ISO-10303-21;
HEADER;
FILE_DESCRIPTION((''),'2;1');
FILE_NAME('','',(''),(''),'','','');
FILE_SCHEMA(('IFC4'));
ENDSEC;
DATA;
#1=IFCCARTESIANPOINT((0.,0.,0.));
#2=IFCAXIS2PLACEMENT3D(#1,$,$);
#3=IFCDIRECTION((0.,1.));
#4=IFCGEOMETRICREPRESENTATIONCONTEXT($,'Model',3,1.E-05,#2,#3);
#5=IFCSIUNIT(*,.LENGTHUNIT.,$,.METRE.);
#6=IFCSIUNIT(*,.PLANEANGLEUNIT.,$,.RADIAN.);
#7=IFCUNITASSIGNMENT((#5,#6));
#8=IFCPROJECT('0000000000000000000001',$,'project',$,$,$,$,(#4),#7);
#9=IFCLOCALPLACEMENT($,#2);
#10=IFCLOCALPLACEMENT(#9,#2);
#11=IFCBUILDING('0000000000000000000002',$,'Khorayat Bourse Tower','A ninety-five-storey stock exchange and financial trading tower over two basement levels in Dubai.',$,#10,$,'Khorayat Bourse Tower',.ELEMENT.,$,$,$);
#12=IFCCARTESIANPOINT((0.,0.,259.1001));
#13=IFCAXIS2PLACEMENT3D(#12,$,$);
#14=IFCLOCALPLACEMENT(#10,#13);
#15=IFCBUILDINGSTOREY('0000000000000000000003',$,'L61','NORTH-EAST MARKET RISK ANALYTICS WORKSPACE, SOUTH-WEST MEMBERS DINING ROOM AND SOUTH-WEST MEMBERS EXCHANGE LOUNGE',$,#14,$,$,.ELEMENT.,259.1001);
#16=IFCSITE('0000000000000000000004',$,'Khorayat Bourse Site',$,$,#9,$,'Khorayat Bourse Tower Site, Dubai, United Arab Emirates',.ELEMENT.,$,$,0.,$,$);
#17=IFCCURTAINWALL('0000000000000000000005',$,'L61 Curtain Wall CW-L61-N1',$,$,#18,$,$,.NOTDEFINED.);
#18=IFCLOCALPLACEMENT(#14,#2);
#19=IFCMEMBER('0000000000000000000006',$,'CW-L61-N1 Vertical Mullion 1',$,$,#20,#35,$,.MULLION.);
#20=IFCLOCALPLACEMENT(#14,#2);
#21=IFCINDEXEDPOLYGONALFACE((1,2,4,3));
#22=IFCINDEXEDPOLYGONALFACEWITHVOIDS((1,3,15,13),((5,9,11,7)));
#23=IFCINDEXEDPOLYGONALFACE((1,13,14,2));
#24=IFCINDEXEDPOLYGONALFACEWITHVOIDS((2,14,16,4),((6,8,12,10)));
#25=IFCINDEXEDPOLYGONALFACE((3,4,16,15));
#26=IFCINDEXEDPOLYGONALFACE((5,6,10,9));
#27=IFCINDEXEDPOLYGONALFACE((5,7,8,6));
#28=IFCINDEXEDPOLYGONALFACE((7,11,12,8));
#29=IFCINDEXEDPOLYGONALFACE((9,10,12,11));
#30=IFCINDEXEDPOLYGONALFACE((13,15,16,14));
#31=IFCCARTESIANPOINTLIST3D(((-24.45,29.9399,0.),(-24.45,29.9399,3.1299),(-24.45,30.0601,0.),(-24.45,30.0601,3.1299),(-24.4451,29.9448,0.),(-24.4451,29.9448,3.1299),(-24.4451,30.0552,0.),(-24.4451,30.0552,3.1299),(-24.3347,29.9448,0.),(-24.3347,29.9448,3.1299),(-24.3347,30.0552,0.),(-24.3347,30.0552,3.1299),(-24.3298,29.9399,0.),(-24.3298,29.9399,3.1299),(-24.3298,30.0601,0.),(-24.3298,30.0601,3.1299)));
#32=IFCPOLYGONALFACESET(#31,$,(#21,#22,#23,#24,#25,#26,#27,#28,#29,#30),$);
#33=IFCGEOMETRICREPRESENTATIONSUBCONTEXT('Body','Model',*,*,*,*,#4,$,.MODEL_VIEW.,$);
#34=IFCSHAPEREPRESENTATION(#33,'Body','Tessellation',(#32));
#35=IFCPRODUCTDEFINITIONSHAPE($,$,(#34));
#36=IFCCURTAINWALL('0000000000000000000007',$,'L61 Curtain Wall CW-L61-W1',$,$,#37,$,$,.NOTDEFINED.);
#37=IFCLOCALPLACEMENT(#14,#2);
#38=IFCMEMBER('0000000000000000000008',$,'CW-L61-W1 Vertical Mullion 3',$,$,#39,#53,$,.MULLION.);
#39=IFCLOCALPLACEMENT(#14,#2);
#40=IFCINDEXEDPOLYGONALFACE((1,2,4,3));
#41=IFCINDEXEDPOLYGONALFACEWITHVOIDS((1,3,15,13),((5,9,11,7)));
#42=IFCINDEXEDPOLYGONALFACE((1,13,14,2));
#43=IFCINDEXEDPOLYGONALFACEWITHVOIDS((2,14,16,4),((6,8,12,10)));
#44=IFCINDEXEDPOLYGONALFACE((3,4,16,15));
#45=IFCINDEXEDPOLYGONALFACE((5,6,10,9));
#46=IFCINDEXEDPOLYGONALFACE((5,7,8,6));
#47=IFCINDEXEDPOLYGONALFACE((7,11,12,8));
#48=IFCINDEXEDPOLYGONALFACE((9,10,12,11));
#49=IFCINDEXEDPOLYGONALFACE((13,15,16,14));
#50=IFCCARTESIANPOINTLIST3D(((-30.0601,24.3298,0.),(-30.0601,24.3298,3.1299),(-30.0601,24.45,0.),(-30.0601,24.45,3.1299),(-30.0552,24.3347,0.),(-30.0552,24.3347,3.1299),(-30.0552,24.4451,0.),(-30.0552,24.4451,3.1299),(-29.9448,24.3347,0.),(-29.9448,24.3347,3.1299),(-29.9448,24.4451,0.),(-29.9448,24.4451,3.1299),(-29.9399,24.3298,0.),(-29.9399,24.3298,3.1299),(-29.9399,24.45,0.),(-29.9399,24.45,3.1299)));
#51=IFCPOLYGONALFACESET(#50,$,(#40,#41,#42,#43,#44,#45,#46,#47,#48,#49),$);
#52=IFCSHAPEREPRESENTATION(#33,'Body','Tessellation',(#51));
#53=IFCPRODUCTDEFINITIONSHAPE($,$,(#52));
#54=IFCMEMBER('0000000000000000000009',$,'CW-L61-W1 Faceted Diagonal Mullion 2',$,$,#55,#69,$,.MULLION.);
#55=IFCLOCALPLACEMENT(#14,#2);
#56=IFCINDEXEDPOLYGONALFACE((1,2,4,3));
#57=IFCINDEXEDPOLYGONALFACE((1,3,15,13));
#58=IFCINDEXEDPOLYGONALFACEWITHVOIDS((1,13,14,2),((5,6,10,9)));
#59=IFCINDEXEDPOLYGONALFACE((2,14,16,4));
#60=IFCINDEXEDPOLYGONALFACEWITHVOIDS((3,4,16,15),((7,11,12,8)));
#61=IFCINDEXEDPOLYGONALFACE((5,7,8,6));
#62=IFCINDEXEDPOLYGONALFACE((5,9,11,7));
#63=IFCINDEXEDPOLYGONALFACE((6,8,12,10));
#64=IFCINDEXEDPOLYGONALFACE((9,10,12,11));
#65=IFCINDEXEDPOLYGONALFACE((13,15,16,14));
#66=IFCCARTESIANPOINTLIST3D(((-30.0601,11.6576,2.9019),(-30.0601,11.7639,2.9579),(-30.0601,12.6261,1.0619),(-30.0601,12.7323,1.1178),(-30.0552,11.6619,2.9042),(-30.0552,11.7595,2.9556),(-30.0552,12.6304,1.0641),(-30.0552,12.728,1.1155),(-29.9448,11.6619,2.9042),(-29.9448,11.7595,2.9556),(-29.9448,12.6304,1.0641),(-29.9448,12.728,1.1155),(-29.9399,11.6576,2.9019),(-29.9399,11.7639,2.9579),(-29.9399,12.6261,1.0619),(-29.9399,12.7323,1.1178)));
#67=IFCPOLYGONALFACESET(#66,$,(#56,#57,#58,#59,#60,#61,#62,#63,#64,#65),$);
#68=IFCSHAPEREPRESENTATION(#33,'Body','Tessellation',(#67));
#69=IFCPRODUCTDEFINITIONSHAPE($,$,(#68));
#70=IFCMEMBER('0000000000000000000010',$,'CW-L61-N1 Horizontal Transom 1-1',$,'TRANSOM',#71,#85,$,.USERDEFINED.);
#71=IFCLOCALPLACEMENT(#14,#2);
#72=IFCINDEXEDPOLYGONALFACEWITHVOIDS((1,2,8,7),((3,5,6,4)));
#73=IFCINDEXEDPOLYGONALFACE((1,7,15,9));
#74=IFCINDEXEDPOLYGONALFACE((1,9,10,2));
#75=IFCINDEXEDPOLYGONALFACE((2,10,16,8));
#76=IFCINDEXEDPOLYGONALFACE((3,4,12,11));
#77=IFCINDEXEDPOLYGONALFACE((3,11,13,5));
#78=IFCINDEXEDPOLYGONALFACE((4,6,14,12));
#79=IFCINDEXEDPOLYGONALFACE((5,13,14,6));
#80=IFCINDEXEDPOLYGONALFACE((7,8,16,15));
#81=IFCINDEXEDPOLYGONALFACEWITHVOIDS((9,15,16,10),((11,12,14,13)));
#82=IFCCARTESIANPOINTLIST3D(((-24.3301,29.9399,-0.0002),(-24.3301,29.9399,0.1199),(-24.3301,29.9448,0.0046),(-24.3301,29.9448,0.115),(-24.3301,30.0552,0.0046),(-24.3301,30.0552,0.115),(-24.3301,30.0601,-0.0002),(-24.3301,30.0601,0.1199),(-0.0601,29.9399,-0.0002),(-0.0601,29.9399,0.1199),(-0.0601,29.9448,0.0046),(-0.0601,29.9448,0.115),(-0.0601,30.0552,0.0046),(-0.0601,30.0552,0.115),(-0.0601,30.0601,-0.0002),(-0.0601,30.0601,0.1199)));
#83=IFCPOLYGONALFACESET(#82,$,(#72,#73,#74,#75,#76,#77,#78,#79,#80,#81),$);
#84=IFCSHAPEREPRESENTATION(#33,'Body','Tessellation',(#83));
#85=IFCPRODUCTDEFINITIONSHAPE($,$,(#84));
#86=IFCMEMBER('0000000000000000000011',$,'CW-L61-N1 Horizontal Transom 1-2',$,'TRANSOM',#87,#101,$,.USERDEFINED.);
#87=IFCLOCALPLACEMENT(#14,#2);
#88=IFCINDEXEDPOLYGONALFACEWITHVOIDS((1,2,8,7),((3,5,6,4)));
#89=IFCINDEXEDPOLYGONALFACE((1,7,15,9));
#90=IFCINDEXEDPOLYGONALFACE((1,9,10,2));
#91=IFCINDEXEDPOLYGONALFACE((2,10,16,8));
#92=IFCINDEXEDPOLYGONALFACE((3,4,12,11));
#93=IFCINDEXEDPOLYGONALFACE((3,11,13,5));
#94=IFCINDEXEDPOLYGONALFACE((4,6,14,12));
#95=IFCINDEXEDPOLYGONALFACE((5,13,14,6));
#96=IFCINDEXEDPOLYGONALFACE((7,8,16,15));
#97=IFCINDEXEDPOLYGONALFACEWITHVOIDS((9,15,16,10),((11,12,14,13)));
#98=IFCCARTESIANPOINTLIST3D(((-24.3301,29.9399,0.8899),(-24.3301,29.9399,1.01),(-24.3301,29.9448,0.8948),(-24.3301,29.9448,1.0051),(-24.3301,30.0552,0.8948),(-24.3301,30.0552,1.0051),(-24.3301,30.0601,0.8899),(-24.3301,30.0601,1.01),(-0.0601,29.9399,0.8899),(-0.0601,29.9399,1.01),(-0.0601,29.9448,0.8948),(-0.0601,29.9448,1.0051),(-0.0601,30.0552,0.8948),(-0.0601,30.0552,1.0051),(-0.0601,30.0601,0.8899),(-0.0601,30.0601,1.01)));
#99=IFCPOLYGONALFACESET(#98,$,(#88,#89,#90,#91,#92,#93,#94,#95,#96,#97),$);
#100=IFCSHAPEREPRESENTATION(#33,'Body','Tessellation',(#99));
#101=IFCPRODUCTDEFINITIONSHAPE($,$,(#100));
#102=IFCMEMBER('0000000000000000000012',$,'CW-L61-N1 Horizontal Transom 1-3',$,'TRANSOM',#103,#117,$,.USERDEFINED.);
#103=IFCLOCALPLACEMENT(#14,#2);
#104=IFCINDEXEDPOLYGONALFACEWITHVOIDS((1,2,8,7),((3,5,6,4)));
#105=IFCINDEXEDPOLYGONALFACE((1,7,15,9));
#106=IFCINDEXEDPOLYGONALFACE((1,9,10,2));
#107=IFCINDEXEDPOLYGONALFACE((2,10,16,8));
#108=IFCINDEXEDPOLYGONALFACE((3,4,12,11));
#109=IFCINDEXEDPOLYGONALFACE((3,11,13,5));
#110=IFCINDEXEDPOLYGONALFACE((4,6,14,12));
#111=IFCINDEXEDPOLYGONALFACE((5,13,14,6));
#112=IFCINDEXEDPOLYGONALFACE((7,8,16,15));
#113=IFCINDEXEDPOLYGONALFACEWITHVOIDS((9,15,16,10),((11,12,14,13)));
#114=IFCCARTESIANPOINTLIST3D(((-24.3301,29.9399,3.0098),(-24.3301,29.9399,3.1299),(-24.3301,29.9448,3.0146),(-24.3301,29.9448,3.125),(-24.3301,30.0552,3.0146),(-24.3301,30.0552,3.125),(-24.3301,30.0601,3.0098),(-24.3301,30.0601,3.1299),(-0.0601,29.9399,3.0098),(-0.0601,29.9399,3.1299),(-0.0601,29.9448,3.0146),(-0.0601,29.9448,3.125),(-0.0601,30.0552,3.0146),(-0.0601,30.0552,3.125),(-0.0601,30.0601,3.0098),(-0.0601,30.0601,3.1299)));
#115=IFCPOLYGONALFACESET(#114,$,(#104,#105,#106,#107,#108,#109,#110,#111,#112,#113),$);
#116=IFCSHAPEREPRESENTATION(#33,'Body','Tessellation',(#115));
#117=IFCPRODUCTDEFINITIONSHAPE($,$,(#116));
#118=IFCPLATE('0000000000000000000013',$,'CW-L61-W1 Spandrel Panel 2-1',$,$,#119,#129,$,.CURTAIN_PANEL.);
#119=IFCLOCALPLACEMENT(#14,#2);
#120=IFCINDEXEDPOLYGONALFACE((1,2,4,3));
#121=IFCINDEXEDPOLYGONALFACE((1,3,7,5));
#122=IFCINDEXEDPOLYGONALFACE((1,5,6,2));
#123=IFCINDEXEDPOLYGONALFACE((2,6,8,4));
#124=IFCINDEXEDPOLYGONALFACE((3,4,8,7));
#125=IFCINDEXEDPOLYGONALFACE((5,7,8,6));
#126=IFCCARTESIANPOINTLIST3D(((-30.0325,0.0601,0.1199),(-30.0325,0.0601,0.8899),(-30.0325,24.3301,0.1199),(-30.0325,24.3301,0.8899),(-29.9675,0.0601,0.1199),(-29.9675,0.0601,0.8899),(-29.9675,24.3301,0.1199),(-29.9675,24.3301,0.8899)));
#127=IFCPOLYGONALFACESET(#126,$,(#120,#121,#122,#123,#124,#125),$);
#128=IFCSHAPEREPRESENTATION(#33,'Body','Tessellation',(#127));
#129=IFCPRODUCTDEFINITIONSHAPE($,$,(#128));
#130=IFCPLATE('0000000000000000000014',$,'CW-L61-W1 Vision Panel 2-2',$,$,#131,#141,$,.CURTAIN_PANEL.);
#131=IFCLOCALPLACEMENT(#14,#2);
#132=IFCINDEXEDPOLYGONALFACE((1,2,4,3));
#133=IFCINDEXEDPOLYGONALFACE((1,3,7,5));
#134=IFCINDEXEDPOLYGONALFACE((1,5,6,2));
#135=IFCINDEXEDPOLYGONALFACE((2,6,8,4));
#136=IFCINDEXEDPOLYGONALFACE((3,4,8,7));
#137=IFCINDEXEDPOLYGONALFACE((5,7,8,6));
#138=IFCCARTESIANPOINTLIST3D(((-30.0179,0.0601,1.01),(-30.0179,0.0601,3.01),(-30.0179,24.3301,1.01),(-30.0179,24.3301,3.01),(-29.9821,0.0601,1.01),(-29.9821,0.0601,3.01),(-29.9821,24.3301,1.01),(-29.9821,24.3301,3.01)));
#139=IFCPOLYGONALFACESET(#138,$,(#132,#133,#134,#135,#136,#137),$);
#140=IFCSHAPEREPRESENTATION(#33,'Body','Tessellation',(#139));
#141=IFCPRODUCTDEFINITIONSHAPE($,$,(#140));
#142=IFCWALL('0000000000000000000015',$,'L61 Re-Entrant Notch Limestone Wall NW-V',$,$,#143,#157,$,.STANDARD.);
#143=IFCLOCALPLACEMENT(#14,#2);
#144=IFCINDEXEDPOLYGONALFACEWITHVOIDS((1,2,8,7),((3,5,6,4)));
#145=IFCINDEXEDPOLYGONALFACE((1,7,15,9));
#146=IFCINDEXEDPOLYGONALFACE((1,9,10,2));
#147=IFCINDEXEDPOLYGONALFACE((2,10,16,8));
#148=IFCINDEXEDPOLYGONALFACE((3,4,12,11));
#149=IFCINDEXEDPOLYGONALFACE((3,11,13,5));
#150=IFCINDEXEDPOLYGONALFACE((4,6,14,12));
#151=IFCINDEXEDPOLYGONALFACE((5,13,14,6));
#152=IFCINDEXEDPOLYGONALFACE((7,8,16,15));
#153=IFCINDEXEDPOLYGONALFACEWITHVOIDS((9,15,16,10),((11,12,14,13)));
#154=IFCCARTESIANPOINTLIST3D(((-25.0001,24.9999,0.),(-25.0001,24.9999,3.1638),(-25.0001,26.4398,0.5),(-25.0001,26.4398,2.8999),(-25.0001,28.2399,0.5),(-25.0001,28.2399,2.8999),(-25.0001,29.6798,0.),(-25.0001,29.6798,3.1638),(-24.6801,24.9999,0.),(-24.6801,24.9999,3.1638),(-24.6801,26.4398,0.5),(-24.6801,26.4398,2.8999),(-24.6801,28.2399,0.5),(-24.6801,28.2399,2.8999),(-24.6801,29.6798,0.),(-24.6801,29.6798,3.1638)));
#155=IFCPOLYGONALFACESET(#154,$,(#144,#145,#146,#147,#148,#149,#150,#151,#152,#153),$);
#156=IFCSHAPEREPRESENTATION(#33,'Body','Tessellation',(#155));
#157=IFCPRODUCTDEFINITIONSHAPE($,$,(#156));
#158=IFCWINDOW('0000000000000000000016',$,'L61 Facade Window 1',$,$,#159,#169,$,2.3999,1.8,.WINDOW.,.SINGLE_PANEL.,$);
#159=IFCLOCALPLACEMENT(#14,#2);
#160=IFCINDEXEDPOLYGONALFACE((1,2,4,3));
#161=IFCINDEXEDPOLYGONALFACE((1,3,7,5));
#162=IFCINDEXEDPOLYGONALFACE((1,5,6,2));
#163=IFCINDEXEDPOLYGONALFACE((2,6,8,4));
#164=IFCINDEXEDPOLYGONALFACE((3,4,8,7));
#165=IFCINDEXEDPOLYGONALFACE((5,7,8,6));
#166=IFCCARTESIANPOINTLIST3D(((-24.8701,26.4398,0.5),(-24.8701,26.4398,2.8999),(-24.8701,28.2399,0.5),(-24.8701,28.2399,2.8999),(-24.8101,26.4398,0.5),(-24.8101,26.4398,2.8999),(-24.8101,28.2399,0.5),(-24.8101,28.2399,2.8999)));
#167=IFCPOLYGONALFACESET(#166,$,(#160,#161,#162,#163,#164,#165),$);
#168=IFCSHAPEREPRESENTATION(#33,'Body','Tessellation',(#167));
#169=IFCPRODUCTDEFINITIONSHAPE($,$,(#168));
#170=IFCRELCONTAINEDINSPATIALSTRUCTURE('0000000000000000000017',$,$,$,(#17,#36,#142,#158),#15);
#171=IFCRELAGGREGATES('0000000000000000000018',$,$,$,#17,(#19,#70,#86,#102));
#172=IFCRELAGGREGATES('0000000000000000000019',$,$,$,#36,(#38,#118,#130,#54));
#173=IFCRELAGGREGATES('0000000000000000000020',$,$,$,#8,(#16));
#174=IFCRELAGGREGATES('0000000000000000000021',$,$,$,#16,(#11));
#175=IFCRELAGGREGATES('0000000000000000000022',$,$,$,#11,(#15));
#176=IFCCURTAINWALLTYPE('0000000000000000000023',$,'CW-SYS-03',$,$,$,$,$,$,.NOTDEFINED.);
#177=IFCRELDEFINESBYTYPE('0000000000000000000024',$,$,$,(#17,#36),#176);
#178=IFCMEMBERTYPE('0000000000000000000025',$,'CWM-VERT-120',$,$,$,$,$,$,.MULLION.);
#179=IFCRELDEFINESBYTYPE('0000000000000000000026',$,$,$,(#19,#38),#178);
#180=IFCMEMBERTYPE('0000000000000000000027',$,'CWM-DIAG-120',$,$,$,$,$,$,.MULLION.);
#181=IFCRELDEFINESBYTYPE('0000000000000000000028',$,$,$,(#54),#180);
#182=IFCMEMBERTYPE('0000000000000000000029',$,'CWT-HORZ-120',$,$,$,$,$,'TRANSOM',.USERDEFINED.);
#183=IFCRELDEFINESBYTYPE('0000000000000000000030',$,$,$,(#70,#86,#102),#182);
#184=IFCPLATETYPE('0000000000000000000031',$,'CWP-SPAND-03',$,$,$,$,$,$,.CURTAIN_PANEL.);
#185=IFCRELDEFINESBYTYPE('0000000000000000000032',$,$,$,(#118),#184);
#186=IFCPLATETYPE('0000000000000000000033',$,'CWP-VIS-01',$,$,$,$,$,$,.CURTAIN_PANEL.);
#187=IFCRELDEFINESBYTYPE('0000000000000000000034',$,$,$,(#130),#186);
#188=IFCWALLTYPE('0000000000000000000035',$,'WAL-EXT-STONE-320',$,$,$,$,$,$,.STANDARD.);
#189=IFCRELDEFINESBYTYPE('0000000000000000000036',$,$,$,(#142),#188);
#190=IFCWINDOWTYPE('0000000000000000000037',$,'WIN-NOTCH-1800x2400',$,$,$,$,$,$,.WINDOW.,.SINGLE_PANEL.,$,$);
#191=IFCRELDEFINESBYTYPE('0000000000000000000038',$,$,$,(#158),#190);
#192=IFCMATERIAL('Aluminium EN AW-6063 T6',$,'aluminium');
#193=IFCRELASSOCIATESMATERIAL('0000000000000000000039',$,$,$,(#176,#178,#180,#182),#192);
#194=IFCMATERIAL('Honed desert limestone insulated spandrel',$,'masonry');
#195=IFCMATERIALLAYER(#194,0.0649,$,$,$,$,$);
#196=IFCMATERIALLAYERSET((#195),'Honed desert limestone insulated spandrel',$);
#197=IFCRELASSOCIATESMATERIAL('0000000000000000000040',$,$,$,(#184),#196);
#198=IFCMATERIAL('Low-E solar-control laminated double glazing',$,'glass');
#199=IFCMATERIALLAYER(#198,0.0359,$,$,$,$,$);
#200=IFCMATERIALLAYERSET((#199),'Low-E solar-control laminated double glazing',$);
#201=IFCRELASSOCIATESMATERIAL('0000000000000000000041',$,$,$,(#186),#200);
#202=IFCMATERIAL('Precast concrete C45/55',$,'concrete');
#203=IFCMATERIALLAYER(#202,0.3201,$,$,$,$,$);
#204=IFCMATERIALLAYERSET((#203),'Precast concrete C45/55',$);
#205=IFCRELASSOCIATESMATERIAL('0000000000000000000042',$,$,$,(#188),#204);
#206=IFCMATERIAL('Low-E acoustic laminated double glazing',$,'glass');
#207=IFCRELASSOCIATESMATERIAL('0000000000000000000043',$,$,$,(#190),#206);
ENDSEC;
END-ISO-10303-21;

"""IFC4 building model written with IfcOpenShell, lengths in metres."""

from ifc_helpers import new_model, si_unit, direction, frame, frame_2d, origin, origin_2d, place, context, subcontext, project, spatial, rectangle, hollow_rectangle, extrude, source, transform, mapped, material, layer, layer_set, material_profile, profile_set, type_object, element, fill, aggregate, save


model = new_model("IFC4")

# Units and contexts
model_context = context("Model", 3, precision=1e-05, world=origin(), true_north=direction((0.0, 1.0)))
body_context = subcontext(model_context, "Body", "Model", "MODEL_VIEW")
ifc_project = project(units=[si_unit("LENGTHUNIT", "METRE"), si_unit("PLANEANGLEUNIT", "RADIAN")], contexts=[model_context])

# Site, building, storey
site_placement = place(None, origin())
site = spatial("IfcSite", under=ifc_project, at=site_placement, Name="Khorayat Bourse Site", LongName="Khorayat Bourse Tower Site, Dubai, United Arab Emirates", CompositionType="ELEMENT", RefElevation=0.0)
building_placement = place(site_placement, origin())
building = spatial("IfcBuilding", under=site, at=building_placement, Name="Khorayat Bourse Tower", Description="A ninety-five-storey stock exchange and financial trading tower over two basement levels in Dubai.", LongName="Khorayat Bourse Tower", CompositionType="ELEMENT")
storey_placement = place(building_placement, frame((0.0, 0.0, 259.1001)))
storey = spatial("IfcBuildingStorey", under=building, at=storey_placement, Name="L61", Description="NORTH-EAST MARKET RISK ANALYTICS WORKSPACE, SOUTH-WEST MEMBERS DINING ROOM AND SOUTH-WEST MEMBERS EXCHANGE LOUNGE", CompositionType="ELEMENT", Elevation=259.1001)

# Curtain wall, member
ifc_material_1 = material(Name="Aluminium EN AW-6063 T6", Category="aluminium")
curtain_wall_type = type_object("IfcCurtainWallType", Name="CW-SYS-03", PredefinedType="NOTDEFINED", material=ifc_material_1)
curtain_wall_1_placement = place(storey_placement, origin())
curtain_wall_1 = element("IfcCurtainWall", 1, at=curtain_wall_1_placement, inside=storey, type_object=curtain_wall_type, Name="L61 Curtain Wall CW-L61-N1", PredefinedType="NOTDEFINED")
ifc_material_profile_1 = material_profile(ifc_material_1, hollow_rectangle(XDim=0.1201, YDim=0.1201, WallThickness=0.0049, at=origin_2d()), Name="ALU 120x120x5")
ifc_profile_set_1 = profile_set([ifc_material_profile_1], Name="Aluminium EN AW-6063 T6")
member_type_1 = type_object("IfcMemberType", Name="CWM-VERT-120", PredefinedType="MULLION", material=ifc_profile_set_1)
shared_shape_1 = source(origin(), body_context, "Body", "SweptSolid", [
    extrude(hollow_rectangle(XDim=0.1201, YDim=0.1201, WallThickness=0.0049, at=origin_2d()), origin(), (0.0, 0.0, 1.0), 3.1299),
])
member_1_placement = place(storey_placement, frame((-24.3899, 30.0, 0.0), z_axis=(0.0, 0.0, 1.0), x_axis=(0.0, 1.0, 0.0)))
member_1 = element("IfcMember", 2, at=member_1_placement, type_object=member_type_1, Name="CW-L61-N1 Vertical Mullion 1", PredefinedType="MULLION", context=body_context, shape_type="MappedRepresentation", body=[
    mapped(shared_shape_1, transform((0.0, 0.0, 0.0), scale=1.0)),
])

# Curtain wall, members
curtain_wall_2_placement = place(storey_placement, origin())
curtain_wall_2 = element("IfcCurtainWall", 3, at=curtain_wall_2_placement, inside=storey, type_object=curtain_wall_type, Name="L61 Curtain Wall CW-L61-W1", PredefinedType="NOTDEFINED")
member_2_placement = place(storey_placement, frame((-30.0, 24.3899, 0.0), z_axis=(0.0, 0.0, 1.0), x_axis=(-1.0, 0.0, 0.0)))
member_2 = element("IfcMember", 4, at=member_2_placement, type_object=member_type_1, Name="CW-L61-W1 Vertical Mullion 3", PredefinedType="MULLION", context=body_context, shape_type="MappedRepresentation", body=[
    mapped(shared_shape_1, transform((0.0, 0.0, 0.0), scale=1.0)),
])
ifc_material_profile_2 = material_profile(ifc_material_1, hollow_rectangle(XDim=0.1201, YDim=0.1201, WallThickness=0.0049, at=origin_2d()), Name="ALU 120x120x5")
ifc_profile_set_2 = profile_set([ifc_material_profile_2], Name="Aluminium EN AW-6063 T6")
member_type_2 = type_object("IfcMemberType", Name="CWM-DIAG-120", PredefinedType="MULLION", material=ifc_profile_set_2)
shared_shape_2 = source(origin(), body_context, "Body", "SweptSolid", [
    extrude(hollow_rectangle(XDim=0.1201, YDim=0.1201, WallThickness=0.0049, at=origin_2d()), origin(), (0.0, 0.0, 1.0), 2.0793),
])
member_3_placement = place(storey_placement, frame((-30.0, 12.6792, 1.0898), z_axis=(0.0, -0.465761, 0.884911), x_axis=(1.0, 0.0, 0.0)))
member_3 = element("IfcMember", 5, at=member_3_placement, type_object=member_type_2, Name="CW-L61-W1 Faceted Diagonal Mullion 2", PredefinedType="MULLION", context=body_context, shape_type="MappedRepresentation", body=[
    mapped(shared_shape_2, transform((0.0, 0.0, 0.0), scale=1.0)),
])

# Members
ifc_material_profile_3 = material_profile(ifc_material_1, hollow_rectangle(XDim=0.1201, YDim=0.1201, WallThickness=0.0049, at=origin_2d()), Name="ALU 120x120x5")
ifc_profile_set_3 = profile_set([ifc_material_profile_3], Name="Aluminium EN AW-6063 T6")
member_type_3 = type_object("IfcMemberType", Name="CWT-HORZ-120", ElementType="TRANSOM", PredefinedType="USERDEFINED", material=ifc_profile_set_3)
shared_shape_3 = source(origin(), body_context, "Body", "SweptSolid", [
    extrude(hollow_rectangle(XDim=0.1201, YDim=0.1201, WallThickness=0.0049, at=origin_2d()), origin(), (0.0, 0.0, 1.0), 24.27),
])
member_4_placement = place(storey_placement, frame((-24.3301, 30.0, 0.0598), z_axis=(1.0, 0.0, 0.0), x_axis=(0.0, 1.0, 0.0)))
member_4 = element("IfcMember", 6, at=member_4_placement, type_object=member_type_3, Name="CW-L61-N1 Horizontal Transom 1-1", ObjectType="TRANSOM", PredefinedType="USERDEFINED", context=body_context, shape_type="MappedRepresentation", body=[
    mapped(shared_shape_3, transform((0.0, 0.0, 0.0), scale=1.0)),
])
member_5_placement = place(storey_placement, frame((-24.3301, 30.0, 0.95), z_axis=(1.0, 0.0, 0.0), x_axis=(0.0, 1.0, 0.0)))
member_5 = element("IfcMember", 7, at=member_5_placement, type_object=member_type_3, Name="CW-L61-N1 Horizontal Transom 1-2", ObjectType="TRANSOM", PredefinedType="USERDEFINED", context=body_context, shape_type="MappedRepresentation", body=[
    mapped(shared_shape_3, transform((0.0, 0.0, 0.0), scale=1.0)),
])
member_6_placement = place(storey_placement, frame((-24.3301, 30.0, 3.0698), z_axis=(1.0, 0.0, 0.0), x_axis=(0.0, 1.0, 0.0)))
member_6 = element("IfcMember", 8, at=member_6_placement, type_object=member_type_3, Name="CW-L61-N1 Horizontal Transom 1-3", ObjectType="TRANSOM", PredefinedType="USERDEFINED", context=body_context, shape_type="MappedRepresentation", body=[
    mapped(shared_shape_3, transform((0.0, 0.0, 0.0), scale=1.0)),
])
aggregate(curtain_wall_1, [member_1, member_4, member_5, member_6])

# Plates
ifc_material_2 = material(Name="Honed desert limestone insulated spandrel", Category="masonry")
ifc_layer_1 = layer(ifc_material_2, 0.0649)
ifc_layer_set_1 = layer_set([ifc_layer_1], Name="Honed desert limestone insulated spandrel")
plate_type_1 = type_object("IfcPlateType", Name="CWP-SPAND-03", PredefinedType="CURTAIN_PANEL", material=ifc_layer_set_1)
shared_shape_4 = source(origin(), body_context, "Body", "SweptSolid", [
    extrude(rectangle(XDim=24.27, YDim=0.0649, at=origin_2d()), origin(), (0.0, 0.0, 1.0), 0.77),
])
plate_1_placement = place(storey_placement, frame((-30.0, 12.1951, 0.1199), z_axis=(0.0, 0.0, 1.0), x_axis=(0.0, 1.0, 0.0)))
plate_1 = element("IfcPlate", 9, at=plate_1_placement, type_object=plate_type_1, Name="CW-L61-W1 Spandrel Panel 2-1", PredefinedType="CURTAIN_PANEL", context=body_context, shape_type="MappedRepresentation", body=[
    mapped(shared_shape_4, transform((0.0, 0.0, 0.0), scale=1.0)),
])
ifc_material_3 = material(Name="Low-E solar-control laminated double glazing", Category="glass")
ifc_layer_2 = layer(ifc_material_3, 0.0359)
ifc_layer_set_2 = layer_set([ifc_layer_2], Name="Low-E solar-control laminated double glazing")
plate_type_2 = type_object("IfcPlateType", Name="CWP-VIS-01", PredefinedType="CURTAIN_PANEL", material=ifc_layer_set_2)
shared_shape_5 = source(origin(), body_context, "Body", "SweptSolid", [
    extrude(rectangle(XDim=24.27, YDim=0.0359, at=origin_2d()), origin(), (0.0, 0.0, 1.0), 2.0),
])
plate_2_placement = place(storey_placement, frame((-30.0, 12.1951, 1.01), z_axis=(0.0, 0.0, 1.0), x_axis=(0.0, 1.0, 0.0)))
plate_2 = element("IfcPlate", 10, at=plate_2_placement, type_object=plate_type_2, Name="CW-L61-W1 Vision Panel 2-2", PredefinedType="CURTAIN_PANEL", context=body_context, shape_type="MappedRepresentation", body=[
    mapped(shared_shape_5, transform((0.0, 0.0, 0.0), scale=1.0)),
])
aggregate(curtain_wall_2, [member_2, plate_1, plate_2, member_3])

# Wall, opening, window
ifc_material_4 = material(Name="Precast concrete C45/55", Category="concrete")
ifc_layer_3 = layer(ifc_material_4, 0.3201)
ifc_layer_set_3 = layer_set([ifc_layer_3], Name="Precast concrete C45/55")
wall_type_1 = type_object("IfcWallType", Name="WAL-EXT-STONE-320", PredefinedType="STANDARD", material=ifc_layer_set_3)
shared_shape_6 = source(origin(), body_context, "Body", "SweptSolid", [
    extrude(rectangle(XDim=4.6799, YDim=0.3201, at=frame_2d((2.3398, 0.0))), origin(), (0.0, 0.0, 1.0), 3.1638),
])
wall_1_placement = place(storey_placement, frame((-24.8401, 25.0, 0.0), z_axis=(0.0, 0.0, 1.0), x_axis=(0.0, 1.0, 0.0)))
wall_1 = element("IfcWall", 11, at=wall_1_placement, inside=storey, type_object=wall_type_1, Name="L61 Re-Entrant Notch Limestone Wall NW-V", PredefinedType="STANDARD", context=body_context, shape_type="MappedRepresentation", body=[
    mapped(shared_shape_6, transform((0.0, 0.0, 0.0), scale=1.0)),
])
shared_shape_7 = source(origin(), body_context, "Body", "SweptSolid", [
    extrude(rectangle(XDim=1.8, YDim=2.3999, at=frame_2d((0.8999, 1.2))), frame((0.0, 0.1699, 0.0), z_axis=(0.0, -1.0, 0.0), x_axis=(1.0, 0.0, 0.0)), (0.0, 0.0, 1.0), 0.3401),
])
opening_1_placement = place(wall_1_placement, frame((1.4399, 0.0, 0.5)))
opening_1 = element("IfcOpeningElement", 12, at=opening_1_placement, cuts=wall_1, PredefinedType="OPENING", context=body_context, shape_type="MappedRepresentation", body=[
    mapped(shared_shape_7, transform((0.0, 0.0, 0.0), scale=1.0)),
])
ifc_material_5 = material(Name="Low-E acoustic laminated double glazing", Category="glass")
window_type = type_object("IfcWindowType", Name="WIN-NOTCH-1800x2400", PartitioningType="SINGLE_PANEL", PredefinedType="WINDOW", material=ifc_material_5)
shared_shape_8 = source(origin(), body_context, "Body", "SweptSolid", [
    extrude(rectangle(XDim=1.8, YDim=2.3999, at=frame_2d((0.8999, 1.2))), frame((0.0, 0.03, 0.0), z_axis=(0.0, -1.0, 0.0), x_axis=(1.0, 0.0, 0.0)), (0.0, 0.0, 1.0), 0.0601),
])
window_1_placement = place(opening_1_placement, origin())
window_1 = element("IfcWindow", 13, at=window_1_placement, inside=storey, type_object=window_type, Name="L61 Facade Window 1", OverallHeight=2.3999, OverallWidth=1.8, PartitioningType="SINGLE_PANEL", PredefinedType="WINDOW", context=body_context, shape_type="MappedRepresentation", body=[
    mapped(shared_shape_8, transform((0.0, 0.0, 0.0), scale=1.0)),
])
fill(opening_1, window_1)

save(model, "model.ifc")
